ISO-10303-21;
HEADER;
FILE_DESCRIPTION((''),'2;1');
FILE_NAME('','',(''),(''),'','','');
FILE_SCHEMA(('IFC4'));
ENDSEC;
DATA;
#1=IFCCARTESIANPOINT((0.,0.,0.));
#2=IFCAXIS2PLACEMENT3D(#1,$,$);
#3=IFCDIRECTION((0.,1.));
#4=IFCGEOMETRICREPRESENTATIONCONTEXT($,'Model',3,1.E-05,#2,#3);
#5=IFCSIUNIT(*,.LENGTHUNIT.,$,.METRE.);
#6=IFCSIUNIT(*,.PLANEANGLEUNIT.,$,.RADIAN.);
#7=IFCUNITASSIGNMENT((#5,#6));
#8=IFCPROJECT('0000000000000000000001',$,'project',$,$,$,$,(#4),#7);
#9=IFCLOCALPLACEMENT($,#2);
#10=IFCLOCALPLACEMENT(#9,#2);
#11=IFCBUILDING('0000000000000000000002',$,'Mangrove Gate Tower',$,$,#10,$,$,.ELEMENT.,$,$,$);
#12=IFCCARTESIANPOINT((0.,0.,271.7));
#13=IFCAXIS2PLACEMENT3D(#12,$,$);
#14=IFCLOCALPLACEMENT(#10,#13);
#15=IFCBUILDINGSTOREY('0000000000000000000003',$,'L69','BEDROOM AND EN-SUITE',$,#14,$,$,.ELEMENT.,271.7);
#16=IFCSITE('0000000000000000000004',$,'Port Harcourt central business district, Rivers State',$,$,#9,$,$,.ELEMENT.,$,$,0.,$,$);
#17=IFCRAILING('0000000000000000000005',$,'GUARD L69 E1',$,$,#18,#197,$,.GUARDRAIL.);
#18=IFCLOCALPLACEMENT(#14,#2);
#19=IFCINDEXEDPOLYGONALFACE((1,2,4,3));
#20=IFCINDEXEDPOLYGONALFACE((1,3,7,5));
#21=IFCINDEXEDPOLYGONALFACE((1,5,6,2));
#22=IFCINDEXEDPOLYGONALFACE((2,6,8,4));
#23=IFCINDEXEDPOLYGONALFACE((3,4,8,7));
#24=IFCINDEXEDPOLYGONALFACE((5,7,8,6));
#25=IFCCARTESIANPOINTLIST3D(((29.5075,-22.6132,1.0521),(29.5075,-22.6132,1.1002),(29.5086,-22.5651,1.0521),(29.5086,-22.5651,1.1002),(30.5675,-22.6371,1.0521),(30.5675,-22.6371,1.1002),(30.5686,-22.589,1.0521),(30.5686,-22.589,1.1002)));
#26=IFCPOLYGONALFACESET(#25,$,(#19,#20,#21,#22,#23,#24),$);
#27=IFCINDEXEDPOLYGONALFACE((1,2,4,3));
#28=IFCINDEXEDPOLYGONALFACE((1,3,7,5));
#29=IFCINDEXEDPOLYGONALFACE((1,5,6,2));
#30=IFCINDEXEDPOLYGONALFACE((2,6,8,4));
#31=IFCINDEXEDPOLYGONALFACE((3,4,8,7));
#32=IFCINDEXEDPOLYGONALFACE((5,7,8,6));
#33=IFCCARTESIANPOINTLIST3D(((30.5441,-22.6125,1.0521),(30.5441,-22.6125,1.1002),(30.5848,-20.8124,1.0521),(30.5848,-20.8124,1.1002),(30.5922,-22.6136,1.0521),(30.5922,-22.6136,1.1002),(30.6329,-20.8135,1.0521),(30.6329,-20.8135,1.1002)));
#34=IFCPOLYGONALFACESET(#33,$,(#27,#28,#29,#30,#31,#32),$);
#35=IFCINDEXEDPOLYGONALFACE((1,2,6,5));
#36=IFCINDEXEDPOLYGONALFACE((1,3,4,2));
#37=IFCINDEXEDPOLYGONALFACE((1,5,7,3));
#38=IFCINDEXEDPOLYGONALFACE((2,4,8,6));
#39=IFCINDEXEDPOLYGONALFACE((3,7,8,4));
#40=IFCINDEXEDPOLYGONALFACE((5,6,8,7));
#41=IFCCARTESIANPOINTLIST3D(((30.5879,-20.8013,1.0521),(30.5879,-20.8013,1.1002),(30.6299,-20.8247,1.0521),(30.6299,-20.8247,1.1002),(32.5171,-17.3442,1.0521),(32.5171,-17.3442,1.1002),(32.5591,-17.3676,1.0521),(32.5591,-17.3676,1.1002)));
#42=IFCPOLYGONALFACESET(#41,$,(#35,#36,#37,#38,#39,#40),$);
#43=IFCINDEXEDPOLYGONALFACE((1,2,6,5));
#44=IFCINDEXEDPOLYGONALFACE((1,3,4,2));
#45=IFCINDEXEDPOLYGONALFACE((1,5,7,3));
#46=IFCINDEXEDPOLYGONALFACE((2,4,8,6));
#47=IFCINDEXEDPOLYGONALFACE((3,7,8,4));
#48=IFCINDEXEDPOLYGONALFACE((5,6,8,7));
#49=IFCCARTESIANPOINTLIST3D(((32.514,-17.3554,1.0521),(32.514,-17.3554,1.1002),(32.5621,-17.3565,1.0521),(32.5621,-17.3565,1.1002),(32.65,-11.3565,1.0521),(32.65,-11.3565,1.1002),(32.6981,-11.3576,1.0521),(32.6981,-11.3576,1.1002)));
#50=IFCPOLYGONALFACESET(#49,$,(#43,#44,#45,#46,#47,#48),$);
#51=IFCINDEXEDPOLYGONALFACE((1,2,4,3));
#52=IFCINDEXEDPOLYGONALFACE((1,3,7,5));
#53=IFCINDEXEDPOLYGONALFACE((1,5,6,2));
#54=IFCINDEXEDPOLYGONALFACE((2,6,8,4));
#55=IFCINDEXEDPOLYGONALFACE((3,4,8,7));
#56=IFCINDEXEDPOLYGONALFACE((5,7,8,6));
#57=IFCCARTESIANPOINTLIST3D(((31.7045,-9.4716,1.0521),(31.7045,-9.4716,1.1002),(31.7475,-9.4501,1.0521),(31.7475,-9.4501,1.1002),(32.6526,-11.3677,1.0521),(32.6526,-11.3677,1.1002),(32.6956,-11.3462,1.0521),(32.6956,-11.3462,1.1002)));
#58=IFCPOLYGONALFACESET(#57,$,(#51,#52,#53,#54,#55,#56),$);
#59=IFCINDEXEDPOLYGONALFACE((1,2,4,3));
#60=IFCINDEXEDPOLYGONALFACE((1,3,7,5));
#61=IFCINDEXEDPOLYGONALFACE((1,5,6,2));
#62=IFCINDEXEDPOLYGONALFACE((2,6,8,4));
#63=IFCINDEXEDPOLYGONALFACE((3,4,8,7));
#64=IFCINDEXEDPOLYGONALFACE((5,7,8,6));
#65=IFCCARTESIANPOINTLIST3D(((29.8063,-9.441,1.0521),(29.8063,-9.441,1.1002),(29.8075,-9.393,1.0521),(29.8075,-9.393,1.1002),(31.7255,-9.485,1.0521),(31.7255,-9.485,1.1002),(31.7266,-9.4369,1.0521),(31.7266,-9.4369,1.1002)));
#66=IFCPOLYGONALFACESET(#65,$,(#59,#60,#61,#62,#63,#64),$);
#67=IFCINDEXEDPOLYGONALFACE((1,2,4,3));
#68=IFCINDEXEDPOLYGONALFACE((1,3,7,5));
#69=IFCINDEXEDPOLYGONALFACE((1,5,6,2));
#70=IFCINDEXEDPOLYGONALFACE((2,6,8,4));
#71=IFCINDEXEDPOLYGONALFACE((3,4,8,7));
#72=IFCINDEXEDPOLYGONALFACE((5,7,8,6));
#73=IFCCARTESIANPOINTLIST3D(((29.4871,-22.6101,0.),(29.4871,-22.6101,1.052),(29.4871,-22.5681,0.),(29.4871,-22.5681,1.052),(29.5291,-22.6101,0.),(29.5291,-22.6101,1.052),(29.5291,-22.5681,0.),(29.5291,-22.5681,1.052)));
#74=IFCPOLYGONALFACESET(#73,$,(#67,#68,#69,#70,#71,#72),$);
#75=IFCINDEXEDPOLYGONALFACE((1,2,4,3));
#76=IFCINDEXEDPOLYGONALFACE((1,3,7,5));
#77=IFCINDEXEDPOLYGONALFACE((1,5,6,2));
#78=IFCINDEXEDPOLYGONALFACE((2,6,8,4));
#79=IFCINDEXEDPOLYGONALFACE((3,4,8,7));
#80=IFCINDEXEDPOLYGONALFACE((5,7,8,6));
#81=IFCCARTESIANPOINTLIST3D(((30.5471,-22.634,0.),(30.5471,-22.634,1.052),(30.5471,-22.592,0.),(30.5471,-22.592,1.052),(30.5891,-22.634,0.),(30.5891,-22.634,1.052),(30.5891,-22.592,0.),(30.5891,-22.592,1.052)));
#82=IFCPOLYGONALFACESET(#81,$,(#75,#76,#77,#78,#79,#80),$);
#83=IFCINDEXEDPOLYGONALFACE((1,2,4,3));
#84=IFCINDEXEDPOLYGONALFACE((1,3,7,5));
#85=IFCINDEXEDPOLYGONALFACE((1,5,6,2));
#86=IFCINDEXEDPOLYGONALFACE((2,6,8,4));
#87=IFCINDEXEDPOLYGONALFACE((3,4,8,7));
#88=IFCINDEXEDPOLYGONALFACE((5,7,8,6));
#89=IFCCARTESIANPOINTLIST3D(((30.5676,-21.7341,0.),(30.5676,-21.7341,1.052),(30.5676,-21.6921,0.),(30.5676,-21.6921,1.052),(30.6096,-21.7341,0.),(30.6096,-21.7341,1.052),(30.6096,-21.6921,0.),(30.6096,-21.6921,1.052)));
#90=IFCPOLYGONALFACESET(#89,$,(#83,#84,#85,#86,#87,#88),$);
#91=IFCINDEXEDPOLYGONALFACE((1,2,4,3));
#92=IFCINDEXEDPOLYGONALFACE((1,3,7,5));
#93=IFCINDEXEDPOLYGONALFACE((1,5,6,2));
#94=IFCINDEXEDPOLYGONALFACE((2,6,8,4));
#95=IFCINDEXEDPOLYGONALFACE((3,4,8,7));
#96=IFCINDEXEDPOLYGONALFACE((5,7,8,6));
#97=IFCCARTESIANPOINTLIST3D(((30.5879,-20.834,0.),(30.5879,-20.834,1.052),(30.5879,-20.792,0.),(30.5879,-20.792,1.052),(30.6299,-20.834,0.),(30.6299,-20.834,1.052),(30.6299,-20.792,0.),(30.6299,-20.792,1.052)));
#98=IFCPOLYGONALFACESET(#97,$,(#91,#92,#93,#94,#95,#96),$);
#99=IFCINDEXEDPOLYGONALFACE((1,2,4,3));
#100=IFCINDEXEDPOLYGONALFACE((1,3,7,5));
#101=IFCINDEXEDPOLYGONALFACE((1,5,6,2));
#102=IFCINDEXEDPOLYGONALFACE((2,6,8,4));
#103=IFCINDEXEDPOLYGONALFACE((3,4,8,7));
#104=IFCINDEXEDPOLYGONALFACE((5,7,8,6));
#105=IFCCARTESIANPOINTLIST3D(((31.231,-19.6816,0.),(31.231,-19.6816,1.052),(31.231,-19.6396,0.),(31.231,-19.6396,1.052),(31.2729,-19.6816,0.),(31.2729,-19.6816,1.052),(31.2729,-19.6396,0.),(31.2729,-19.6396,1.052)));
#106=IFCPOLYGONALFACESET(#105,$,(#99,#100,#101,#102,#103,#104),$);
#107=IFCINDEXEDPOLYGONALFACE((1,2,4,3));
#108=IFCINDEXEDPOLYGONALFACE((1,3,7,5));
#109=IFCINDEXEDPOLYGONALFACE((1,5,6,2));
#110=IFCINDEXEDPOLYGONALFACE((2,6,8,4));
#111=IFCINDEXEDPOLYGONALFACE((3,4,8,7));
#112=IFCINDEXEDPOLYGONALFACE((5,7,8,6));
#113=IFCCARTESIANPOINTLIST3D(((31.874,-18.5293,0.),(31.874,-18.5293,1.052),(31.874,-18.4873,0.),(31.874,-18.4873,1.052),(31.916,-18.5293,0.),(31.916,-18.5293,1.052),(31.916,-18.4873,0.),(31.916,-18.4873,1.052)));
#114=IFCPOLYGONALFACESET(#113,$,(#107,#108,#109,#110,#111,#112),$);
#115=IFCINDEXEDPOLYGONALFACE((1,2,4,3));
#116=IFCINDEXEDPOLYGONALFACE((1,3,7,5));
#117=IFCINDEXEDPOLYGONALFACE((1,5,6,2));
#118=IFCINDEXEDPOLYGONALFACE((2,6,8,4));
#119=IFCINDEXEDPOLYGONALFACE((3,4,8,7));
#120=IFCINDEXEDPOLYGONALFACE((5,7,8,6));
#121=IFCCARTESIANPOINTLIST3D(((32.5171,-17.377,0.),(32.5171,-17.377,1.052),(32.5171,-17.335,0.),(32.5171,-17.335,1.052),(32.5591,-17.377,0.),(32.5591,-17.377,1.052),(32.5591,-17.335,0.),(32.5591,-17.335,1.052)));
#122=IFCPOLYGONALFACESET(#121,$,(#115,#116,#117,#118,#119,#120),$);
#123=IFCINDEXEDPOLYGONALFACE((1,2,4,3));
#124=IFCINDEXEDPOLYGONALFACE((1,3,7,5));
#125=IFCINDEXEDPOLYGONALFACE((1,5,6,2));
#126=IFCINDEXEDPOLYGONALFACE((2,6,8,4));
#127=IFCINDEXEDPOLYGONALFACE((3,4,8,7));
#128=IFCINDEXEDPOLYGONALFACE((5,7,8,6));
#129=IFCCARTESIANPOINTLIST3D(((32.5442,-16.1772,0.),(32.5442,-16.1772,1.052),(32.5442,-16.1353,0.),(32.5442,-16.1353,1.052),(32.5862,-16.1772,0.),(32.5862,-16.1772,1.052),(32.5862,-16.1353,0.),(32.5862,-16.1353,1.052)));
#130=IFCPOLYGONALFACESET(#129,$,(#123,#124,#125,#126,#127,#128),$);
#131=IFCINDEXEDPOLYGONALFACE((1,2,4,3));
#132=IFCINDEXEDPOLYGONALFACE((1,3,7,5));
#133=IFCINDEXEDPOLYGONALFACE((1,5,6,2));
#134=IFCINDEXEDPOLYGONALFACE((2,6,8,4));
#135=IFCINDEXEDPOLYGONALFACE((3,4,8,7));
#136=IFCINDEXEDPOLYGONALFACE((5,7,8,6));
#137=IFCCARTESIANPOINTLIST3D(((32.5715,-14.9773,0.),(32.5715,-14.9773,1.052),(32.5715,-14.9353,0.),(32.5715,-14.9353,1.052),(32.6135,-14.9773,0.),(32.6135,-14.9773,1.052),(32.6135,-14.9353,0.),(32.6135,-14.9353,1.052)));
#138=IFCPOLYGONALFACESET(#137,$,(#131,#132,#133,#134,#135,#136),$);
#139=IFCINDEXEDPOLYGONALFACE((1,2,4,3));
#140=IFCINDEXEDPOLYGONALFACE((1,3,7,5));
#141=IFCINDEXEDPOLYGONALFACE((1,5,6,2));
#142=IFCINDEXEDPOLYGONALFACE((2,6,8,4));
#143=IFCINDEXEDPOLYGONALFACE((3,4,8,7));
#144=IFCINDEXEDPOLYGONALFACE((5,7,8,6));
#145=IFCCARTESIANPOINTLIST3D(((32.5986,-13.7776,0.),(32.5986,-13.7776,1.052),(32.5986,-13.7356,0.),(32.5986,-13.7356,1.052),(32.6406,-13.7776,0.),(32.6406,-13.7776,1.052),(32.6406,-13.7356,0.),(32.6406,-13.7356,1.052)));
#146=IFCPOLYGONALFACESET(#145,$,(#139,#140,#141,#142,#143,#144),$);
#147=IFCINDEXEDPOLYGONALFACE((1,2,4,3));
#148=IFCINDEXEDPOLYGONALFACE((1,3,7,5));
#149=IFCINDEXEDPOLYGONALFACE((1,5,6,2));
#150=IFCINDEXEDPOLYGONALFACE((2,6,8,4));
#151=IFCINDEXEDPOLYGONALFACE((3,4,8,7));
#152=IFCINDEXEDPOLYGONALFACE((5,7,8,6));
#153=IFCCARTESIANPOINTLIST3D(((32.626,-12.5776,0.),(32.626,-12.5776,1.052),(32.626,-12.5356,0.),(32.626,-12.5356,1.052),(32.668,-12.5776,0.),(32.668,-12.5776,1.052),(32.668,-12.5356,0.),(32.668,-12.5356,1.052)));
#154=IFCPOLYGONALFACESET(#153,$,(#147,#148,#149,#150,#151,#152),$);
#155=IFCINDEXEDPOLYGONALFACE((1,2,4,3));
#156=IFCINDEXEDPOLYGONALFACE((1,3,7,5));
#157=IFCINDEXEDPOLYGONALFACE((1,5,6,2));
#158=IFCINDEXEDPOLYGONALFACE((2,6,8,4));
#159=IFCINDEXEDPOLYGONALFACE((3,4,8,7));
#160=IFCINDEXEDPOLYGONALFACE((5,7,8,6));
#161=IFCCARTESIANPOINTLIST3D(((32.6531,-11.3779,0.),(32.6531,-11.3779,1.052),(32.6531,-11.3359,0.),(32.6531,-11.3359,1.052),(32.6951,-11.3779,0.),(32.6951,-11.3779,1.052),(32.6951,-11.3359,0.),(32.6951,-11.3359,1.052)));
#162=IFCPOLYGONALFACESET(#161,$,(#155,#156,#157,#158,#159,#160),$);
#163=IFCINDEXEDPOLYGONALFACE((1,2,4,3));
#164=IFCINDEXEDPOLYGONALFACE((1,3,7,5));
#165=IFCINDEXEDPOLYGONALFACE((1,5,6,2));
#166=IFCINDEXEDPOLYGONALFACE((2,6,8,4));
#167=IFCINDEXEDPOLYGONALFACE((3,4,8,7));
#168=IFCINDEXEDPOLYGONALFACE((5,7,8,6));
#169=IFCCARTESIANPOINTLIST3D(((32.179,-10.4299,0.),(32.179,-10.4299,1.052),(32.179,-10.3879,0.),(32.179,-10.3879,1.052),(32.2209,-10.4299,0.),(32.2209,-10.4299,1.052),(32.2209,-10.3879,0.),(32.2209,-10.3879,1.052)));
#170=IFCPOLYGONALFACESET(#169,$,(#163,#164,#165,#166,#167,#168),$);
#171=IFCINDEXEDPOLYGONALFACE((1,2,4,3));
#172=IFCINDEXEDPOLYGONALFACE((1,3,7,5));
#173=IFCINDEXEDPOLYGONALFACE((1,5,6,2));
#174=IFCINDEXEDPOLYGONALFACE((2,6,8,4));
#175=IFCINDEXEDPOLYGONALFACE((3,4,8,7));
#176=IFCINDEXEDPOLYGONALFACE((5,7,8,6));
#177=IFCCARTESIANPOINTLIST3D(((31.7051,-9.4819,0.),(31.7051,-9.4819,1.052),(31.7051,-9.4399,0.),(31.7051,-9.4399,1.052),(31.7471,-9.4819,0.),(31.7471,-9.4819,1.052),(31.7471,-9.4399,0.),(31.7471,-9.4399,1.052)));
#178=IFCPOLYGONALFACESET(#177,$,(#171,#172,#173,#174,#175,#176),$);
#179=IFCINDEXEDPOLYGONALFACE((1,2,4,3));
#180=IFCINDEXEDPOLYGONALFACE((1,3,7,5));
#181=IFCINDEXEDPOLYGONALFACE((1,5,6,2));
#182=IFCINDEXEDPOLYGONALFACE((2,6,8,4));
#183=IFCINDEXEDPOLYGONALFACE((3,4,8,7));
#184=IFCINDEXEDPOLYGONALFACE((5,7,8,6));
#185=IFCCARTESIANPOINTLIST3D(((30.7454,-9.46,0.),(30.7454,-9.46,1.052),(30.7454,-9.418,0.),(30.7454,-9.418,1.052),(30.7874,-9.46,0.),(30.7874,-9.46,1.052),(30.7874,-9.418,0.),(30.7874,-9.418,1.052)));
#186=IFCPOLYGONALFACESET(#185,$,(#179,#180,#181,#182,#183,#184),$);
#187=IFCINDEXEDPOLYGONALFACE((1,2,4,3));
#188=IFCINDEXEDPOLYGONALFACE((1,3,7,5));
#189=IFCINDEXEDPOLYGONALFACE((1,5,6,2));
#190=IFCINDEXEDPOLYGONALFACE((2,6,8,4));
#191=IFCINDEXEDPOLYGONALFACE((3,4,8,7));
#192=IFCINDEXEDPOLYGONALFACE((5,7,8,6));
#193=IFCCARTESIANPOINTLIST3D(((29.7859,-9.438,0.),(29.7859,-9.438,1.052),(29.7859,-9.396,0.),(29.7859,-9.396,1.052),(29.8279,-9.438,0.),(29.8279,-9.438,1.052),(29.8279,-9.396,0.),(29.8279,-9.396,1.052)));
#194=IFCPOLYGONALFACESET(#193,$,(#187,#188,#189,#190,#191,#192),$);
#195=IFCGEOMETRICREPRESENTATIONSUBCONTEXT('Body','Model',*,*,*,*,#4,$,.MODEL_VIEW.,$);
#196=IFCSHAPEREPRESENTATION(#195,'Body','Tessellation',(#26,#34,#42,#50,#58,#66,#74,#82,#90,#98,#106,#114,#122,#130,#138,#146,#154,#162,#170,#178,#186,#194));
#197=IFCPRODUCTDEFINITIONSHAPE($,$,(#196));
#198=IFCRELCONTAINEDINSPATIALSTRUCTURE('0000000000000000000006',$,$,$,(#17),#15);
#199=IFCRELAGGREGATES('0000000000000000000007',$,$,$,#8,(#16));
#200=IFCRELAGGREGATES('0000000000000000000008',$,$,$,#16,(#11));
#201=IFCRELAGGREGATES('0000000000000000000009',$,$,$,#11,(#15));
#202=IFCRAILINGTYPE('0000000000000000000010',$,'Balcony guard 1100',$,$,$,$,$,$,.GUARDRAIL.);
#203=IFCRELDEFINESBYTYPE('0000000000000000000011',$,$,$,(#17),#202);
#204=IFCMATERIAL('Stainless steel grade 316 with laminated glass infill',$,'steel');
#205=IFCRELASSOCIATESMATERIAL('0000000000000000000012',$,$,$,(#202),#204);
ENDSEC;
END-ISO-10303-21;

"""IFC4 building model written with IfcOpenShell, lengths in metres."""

from ifc_helpers import new_model, si_unit, direction, frame, origin, origin_2d, place, context, subcontext, project, spatial, rectangle, extrude, material, type_object, element, save


model = new_model("IFC4")

# Units and contexts
model_context = context("Model", 3, precision=1e-05, world=origin(), true_north=direction((0.0, 1.0)))
body_context = subcontext(model_context, "Body", "Model", "MODEL_VIEW")
ifc_project = project(units=[si_unit("LENGTHUNIT", "METRE"), si_unit("PLANEANGLEUNIT", "RADIAN")], contexts=[model_context])

# Site, building, storey
site_placement = place(None, origin())
site = spatial("IfcSite", under=ifc_project, at=site_placement, Name="Port Harcourt central business district, Rivers State", CompositionType="ELEMENT", RefElevation=0.0)
building_placement = place(site_placement, origin())
building = spatial("IfcBuilding", under=site, at=building_placement, Name="Mangrove Gate Tower", CompositionType="ELEMENT")
storey_placement = place(building_placement, frame((0.0, 0.0, 271.7)))
storey = spatial("IfcBuildingStorey", under=building, at=storey_placement, Name="L69", Description="BEDROOM AND EN-SUITE", CompositionType="ELEMENT", Elevation=271.7)

# Railing
ifc_material_1 = material(Name="Stainless steel grade 316 with laminated glass infill", Category="steel")
railing_type = type_object("IfcRailingType", Name="Balcony guard 1100", PredefinedType="GUARDRAIL", material=ifc_material_1)
railing_placement = place(storey_placement, frame((29.5081, -22.5891, 0.0)))
element("IfcRailing", 1, at=railing_placement, inside=storey, type_object=railing_type, Name="GUARD L69 E1", PredefinedType="GUARDRAIL", context=body_context, shape_type="SweptSolid", body=[
    extrude(rectangle(XDim=0.0481, YDim=0.0481, at=origin_2d()), frame((0.0, 0.0, 1.0762), z_axis=(0.999745, -0.022564, 0.0), x_axis=(0.022564, 0.999745, 0.0)), (0.0, 0.0, 1.0), 1.0603),
    extrude(rectangle(XDim=0.0481, YDim=0.0481, at=origin_2d()), frame((1.0601, -0.0239, 1.0762), z_axis=(0.022644, 0.999744, 0.0), x_axis=(-0.999744, 0.022644, 0.0)), (0.0, 0.0, 1.0), 1.8005),
    extrude(rectangle(XDim=0.0481, YDim=0.0481, at=origin_2d()), frame((1.1008, 1.7761, 1.0762), z_axis=(0.487307, 0.873231, 0.0), x_axis=(-0.873231, 0.487307, 0.0)), (0.0, 0.0, 1.0), 3.959),
    extrude(rectangle(XDim=0.0481, YDim=0.0481, at=origin_2d()), frame((3.03, 5.2332, 1.0762), z_axis=(0.022662, 0.999743, 0.0), x_axis=(-0.999743, 0.022662, 0.0)), (0.0, 0.0, 1.0), 6.0005),
    extrude(rectangle(XDim=0.0481, YDim=0.0481, at=origin_2d()), frame((3.166, 11.2322, 1.0762), z_axis=(-0.447214, 0.894427, 0.0), x_axis=(-0.894427, -0.447214, 0.0)), (0.0, 0.0, 1.0), 2.1199),
    extrude(rectangle(XDim=0.0481, YDim=0.0481, at=origin_2d()), frame((2.218, 13.1282, 1.0762), z_axis=(-0.999738, 0.022892, 0.0), x_axis=(-0.022892, -0.999738, 0.0)), (0.0, 0.0, 1.0), 1.9197),
    extrude(rectangle(XDim=0.042, YDim=0.042, at=origin_2d()), origin(), (0.0, 0.0, 1.0), 1.052),
    extrude(rectangle(XDim=0.042, YDim=0.042, at=origin_2d()), frame((1.0601, -0.0239, 0.0)), (0.0, 0.0, 1.0), 1.052),
    extrude(rectangle(XDim=0.042, YDim=0.042, at=origin_2d()), frame((1.0806, 0.876, 0.0)), (0.0, 0.0, 1.0), 1.052),
    extrude(rectangle(XDim=0.042, YDim=0.042, at=origin_2d()), frame((1.1008, 1.7761, 0.0)), (0.0, 0.0, 1.0), 1.052),
    extrude(rectangle(XDim=0.042, YDim=0.042, at=origin_2d()), frame((1.7439, 2.9285, 0.0)), (0.0, 0.0, 1.0), 1.052),
    extrude(rectangle(XDim=0.042, YDim=0.042, at=origin_2d()), frame((2.387, 4.0808, 0.0)), (0.0, 0.0, 1.0), 1.052),
    extrude(rectangle(XDim=0.042, YDim=0.042, at=origin_2d()), frame((3.03, 5.2332, 0.0)), (0.0, 0.0, 1.0), 1.052),
    extrude(rectangle(XDim=0.042, YDim=0.042, at=origin_2d()), frame((3.0571, 6.4329, 0.0)), (0.0, 0.0, 1.0), 1.052),
    extrude(rectangle(XDim=0.042, YDim=0.042, at=origin_2d()), frame((3.0845, 7.6328, 0.0)), (0.0, 0.0, 1.0), 1.052),
    extrude(rectangle(XDim=0.042, YDim=0.042, at=origin_2d()), frame((3.1116, 8.8325, 0.0)), (0.0, 0.0, 1.0), 1.052),
    extrude(rectangle(XDim=0.042, YDim=0.042, at=origin_2d()), frame((3.1389, 10.0325, 0.0)), (0.0, 0.0, 1.0), 1.052),
    extrude(rectangle(XDim=0.042, YDim=0.042, at=origin_2d()), frame((3.166, 11.2322, 0.0)), (0.0, 0.0, 1.0), 1.052),
    extrude(rectangle(XDim=0.042, YDim=0.042, at=origin_2d()), frame((2.6919, 12.1802, 0.0)), (0.0, 0.0, 1.0), 1.052),
    extrude(rectangle(XDim=0.042, YDim=0.042, at=origin_2d()), frame((2.218, 13.1282, 0.0)), (0.0, 0.0, 1.0), 1.052),
    extrude(rectangle(XDim=0.042, YDim=0.042, at=origin_2d()), frame((1.2583, 13.1501, 0.0)), (0.0, 0.0, 1.0), 1.052),
    extrude(rectangle(XDim=0.042, YDim=0.042, at=origin_2d()), frame((0.2988, 13.1721, 0.0)), (0.0, 0.0, 1.0), 1.052),
])

save(model, "model.ifc")
